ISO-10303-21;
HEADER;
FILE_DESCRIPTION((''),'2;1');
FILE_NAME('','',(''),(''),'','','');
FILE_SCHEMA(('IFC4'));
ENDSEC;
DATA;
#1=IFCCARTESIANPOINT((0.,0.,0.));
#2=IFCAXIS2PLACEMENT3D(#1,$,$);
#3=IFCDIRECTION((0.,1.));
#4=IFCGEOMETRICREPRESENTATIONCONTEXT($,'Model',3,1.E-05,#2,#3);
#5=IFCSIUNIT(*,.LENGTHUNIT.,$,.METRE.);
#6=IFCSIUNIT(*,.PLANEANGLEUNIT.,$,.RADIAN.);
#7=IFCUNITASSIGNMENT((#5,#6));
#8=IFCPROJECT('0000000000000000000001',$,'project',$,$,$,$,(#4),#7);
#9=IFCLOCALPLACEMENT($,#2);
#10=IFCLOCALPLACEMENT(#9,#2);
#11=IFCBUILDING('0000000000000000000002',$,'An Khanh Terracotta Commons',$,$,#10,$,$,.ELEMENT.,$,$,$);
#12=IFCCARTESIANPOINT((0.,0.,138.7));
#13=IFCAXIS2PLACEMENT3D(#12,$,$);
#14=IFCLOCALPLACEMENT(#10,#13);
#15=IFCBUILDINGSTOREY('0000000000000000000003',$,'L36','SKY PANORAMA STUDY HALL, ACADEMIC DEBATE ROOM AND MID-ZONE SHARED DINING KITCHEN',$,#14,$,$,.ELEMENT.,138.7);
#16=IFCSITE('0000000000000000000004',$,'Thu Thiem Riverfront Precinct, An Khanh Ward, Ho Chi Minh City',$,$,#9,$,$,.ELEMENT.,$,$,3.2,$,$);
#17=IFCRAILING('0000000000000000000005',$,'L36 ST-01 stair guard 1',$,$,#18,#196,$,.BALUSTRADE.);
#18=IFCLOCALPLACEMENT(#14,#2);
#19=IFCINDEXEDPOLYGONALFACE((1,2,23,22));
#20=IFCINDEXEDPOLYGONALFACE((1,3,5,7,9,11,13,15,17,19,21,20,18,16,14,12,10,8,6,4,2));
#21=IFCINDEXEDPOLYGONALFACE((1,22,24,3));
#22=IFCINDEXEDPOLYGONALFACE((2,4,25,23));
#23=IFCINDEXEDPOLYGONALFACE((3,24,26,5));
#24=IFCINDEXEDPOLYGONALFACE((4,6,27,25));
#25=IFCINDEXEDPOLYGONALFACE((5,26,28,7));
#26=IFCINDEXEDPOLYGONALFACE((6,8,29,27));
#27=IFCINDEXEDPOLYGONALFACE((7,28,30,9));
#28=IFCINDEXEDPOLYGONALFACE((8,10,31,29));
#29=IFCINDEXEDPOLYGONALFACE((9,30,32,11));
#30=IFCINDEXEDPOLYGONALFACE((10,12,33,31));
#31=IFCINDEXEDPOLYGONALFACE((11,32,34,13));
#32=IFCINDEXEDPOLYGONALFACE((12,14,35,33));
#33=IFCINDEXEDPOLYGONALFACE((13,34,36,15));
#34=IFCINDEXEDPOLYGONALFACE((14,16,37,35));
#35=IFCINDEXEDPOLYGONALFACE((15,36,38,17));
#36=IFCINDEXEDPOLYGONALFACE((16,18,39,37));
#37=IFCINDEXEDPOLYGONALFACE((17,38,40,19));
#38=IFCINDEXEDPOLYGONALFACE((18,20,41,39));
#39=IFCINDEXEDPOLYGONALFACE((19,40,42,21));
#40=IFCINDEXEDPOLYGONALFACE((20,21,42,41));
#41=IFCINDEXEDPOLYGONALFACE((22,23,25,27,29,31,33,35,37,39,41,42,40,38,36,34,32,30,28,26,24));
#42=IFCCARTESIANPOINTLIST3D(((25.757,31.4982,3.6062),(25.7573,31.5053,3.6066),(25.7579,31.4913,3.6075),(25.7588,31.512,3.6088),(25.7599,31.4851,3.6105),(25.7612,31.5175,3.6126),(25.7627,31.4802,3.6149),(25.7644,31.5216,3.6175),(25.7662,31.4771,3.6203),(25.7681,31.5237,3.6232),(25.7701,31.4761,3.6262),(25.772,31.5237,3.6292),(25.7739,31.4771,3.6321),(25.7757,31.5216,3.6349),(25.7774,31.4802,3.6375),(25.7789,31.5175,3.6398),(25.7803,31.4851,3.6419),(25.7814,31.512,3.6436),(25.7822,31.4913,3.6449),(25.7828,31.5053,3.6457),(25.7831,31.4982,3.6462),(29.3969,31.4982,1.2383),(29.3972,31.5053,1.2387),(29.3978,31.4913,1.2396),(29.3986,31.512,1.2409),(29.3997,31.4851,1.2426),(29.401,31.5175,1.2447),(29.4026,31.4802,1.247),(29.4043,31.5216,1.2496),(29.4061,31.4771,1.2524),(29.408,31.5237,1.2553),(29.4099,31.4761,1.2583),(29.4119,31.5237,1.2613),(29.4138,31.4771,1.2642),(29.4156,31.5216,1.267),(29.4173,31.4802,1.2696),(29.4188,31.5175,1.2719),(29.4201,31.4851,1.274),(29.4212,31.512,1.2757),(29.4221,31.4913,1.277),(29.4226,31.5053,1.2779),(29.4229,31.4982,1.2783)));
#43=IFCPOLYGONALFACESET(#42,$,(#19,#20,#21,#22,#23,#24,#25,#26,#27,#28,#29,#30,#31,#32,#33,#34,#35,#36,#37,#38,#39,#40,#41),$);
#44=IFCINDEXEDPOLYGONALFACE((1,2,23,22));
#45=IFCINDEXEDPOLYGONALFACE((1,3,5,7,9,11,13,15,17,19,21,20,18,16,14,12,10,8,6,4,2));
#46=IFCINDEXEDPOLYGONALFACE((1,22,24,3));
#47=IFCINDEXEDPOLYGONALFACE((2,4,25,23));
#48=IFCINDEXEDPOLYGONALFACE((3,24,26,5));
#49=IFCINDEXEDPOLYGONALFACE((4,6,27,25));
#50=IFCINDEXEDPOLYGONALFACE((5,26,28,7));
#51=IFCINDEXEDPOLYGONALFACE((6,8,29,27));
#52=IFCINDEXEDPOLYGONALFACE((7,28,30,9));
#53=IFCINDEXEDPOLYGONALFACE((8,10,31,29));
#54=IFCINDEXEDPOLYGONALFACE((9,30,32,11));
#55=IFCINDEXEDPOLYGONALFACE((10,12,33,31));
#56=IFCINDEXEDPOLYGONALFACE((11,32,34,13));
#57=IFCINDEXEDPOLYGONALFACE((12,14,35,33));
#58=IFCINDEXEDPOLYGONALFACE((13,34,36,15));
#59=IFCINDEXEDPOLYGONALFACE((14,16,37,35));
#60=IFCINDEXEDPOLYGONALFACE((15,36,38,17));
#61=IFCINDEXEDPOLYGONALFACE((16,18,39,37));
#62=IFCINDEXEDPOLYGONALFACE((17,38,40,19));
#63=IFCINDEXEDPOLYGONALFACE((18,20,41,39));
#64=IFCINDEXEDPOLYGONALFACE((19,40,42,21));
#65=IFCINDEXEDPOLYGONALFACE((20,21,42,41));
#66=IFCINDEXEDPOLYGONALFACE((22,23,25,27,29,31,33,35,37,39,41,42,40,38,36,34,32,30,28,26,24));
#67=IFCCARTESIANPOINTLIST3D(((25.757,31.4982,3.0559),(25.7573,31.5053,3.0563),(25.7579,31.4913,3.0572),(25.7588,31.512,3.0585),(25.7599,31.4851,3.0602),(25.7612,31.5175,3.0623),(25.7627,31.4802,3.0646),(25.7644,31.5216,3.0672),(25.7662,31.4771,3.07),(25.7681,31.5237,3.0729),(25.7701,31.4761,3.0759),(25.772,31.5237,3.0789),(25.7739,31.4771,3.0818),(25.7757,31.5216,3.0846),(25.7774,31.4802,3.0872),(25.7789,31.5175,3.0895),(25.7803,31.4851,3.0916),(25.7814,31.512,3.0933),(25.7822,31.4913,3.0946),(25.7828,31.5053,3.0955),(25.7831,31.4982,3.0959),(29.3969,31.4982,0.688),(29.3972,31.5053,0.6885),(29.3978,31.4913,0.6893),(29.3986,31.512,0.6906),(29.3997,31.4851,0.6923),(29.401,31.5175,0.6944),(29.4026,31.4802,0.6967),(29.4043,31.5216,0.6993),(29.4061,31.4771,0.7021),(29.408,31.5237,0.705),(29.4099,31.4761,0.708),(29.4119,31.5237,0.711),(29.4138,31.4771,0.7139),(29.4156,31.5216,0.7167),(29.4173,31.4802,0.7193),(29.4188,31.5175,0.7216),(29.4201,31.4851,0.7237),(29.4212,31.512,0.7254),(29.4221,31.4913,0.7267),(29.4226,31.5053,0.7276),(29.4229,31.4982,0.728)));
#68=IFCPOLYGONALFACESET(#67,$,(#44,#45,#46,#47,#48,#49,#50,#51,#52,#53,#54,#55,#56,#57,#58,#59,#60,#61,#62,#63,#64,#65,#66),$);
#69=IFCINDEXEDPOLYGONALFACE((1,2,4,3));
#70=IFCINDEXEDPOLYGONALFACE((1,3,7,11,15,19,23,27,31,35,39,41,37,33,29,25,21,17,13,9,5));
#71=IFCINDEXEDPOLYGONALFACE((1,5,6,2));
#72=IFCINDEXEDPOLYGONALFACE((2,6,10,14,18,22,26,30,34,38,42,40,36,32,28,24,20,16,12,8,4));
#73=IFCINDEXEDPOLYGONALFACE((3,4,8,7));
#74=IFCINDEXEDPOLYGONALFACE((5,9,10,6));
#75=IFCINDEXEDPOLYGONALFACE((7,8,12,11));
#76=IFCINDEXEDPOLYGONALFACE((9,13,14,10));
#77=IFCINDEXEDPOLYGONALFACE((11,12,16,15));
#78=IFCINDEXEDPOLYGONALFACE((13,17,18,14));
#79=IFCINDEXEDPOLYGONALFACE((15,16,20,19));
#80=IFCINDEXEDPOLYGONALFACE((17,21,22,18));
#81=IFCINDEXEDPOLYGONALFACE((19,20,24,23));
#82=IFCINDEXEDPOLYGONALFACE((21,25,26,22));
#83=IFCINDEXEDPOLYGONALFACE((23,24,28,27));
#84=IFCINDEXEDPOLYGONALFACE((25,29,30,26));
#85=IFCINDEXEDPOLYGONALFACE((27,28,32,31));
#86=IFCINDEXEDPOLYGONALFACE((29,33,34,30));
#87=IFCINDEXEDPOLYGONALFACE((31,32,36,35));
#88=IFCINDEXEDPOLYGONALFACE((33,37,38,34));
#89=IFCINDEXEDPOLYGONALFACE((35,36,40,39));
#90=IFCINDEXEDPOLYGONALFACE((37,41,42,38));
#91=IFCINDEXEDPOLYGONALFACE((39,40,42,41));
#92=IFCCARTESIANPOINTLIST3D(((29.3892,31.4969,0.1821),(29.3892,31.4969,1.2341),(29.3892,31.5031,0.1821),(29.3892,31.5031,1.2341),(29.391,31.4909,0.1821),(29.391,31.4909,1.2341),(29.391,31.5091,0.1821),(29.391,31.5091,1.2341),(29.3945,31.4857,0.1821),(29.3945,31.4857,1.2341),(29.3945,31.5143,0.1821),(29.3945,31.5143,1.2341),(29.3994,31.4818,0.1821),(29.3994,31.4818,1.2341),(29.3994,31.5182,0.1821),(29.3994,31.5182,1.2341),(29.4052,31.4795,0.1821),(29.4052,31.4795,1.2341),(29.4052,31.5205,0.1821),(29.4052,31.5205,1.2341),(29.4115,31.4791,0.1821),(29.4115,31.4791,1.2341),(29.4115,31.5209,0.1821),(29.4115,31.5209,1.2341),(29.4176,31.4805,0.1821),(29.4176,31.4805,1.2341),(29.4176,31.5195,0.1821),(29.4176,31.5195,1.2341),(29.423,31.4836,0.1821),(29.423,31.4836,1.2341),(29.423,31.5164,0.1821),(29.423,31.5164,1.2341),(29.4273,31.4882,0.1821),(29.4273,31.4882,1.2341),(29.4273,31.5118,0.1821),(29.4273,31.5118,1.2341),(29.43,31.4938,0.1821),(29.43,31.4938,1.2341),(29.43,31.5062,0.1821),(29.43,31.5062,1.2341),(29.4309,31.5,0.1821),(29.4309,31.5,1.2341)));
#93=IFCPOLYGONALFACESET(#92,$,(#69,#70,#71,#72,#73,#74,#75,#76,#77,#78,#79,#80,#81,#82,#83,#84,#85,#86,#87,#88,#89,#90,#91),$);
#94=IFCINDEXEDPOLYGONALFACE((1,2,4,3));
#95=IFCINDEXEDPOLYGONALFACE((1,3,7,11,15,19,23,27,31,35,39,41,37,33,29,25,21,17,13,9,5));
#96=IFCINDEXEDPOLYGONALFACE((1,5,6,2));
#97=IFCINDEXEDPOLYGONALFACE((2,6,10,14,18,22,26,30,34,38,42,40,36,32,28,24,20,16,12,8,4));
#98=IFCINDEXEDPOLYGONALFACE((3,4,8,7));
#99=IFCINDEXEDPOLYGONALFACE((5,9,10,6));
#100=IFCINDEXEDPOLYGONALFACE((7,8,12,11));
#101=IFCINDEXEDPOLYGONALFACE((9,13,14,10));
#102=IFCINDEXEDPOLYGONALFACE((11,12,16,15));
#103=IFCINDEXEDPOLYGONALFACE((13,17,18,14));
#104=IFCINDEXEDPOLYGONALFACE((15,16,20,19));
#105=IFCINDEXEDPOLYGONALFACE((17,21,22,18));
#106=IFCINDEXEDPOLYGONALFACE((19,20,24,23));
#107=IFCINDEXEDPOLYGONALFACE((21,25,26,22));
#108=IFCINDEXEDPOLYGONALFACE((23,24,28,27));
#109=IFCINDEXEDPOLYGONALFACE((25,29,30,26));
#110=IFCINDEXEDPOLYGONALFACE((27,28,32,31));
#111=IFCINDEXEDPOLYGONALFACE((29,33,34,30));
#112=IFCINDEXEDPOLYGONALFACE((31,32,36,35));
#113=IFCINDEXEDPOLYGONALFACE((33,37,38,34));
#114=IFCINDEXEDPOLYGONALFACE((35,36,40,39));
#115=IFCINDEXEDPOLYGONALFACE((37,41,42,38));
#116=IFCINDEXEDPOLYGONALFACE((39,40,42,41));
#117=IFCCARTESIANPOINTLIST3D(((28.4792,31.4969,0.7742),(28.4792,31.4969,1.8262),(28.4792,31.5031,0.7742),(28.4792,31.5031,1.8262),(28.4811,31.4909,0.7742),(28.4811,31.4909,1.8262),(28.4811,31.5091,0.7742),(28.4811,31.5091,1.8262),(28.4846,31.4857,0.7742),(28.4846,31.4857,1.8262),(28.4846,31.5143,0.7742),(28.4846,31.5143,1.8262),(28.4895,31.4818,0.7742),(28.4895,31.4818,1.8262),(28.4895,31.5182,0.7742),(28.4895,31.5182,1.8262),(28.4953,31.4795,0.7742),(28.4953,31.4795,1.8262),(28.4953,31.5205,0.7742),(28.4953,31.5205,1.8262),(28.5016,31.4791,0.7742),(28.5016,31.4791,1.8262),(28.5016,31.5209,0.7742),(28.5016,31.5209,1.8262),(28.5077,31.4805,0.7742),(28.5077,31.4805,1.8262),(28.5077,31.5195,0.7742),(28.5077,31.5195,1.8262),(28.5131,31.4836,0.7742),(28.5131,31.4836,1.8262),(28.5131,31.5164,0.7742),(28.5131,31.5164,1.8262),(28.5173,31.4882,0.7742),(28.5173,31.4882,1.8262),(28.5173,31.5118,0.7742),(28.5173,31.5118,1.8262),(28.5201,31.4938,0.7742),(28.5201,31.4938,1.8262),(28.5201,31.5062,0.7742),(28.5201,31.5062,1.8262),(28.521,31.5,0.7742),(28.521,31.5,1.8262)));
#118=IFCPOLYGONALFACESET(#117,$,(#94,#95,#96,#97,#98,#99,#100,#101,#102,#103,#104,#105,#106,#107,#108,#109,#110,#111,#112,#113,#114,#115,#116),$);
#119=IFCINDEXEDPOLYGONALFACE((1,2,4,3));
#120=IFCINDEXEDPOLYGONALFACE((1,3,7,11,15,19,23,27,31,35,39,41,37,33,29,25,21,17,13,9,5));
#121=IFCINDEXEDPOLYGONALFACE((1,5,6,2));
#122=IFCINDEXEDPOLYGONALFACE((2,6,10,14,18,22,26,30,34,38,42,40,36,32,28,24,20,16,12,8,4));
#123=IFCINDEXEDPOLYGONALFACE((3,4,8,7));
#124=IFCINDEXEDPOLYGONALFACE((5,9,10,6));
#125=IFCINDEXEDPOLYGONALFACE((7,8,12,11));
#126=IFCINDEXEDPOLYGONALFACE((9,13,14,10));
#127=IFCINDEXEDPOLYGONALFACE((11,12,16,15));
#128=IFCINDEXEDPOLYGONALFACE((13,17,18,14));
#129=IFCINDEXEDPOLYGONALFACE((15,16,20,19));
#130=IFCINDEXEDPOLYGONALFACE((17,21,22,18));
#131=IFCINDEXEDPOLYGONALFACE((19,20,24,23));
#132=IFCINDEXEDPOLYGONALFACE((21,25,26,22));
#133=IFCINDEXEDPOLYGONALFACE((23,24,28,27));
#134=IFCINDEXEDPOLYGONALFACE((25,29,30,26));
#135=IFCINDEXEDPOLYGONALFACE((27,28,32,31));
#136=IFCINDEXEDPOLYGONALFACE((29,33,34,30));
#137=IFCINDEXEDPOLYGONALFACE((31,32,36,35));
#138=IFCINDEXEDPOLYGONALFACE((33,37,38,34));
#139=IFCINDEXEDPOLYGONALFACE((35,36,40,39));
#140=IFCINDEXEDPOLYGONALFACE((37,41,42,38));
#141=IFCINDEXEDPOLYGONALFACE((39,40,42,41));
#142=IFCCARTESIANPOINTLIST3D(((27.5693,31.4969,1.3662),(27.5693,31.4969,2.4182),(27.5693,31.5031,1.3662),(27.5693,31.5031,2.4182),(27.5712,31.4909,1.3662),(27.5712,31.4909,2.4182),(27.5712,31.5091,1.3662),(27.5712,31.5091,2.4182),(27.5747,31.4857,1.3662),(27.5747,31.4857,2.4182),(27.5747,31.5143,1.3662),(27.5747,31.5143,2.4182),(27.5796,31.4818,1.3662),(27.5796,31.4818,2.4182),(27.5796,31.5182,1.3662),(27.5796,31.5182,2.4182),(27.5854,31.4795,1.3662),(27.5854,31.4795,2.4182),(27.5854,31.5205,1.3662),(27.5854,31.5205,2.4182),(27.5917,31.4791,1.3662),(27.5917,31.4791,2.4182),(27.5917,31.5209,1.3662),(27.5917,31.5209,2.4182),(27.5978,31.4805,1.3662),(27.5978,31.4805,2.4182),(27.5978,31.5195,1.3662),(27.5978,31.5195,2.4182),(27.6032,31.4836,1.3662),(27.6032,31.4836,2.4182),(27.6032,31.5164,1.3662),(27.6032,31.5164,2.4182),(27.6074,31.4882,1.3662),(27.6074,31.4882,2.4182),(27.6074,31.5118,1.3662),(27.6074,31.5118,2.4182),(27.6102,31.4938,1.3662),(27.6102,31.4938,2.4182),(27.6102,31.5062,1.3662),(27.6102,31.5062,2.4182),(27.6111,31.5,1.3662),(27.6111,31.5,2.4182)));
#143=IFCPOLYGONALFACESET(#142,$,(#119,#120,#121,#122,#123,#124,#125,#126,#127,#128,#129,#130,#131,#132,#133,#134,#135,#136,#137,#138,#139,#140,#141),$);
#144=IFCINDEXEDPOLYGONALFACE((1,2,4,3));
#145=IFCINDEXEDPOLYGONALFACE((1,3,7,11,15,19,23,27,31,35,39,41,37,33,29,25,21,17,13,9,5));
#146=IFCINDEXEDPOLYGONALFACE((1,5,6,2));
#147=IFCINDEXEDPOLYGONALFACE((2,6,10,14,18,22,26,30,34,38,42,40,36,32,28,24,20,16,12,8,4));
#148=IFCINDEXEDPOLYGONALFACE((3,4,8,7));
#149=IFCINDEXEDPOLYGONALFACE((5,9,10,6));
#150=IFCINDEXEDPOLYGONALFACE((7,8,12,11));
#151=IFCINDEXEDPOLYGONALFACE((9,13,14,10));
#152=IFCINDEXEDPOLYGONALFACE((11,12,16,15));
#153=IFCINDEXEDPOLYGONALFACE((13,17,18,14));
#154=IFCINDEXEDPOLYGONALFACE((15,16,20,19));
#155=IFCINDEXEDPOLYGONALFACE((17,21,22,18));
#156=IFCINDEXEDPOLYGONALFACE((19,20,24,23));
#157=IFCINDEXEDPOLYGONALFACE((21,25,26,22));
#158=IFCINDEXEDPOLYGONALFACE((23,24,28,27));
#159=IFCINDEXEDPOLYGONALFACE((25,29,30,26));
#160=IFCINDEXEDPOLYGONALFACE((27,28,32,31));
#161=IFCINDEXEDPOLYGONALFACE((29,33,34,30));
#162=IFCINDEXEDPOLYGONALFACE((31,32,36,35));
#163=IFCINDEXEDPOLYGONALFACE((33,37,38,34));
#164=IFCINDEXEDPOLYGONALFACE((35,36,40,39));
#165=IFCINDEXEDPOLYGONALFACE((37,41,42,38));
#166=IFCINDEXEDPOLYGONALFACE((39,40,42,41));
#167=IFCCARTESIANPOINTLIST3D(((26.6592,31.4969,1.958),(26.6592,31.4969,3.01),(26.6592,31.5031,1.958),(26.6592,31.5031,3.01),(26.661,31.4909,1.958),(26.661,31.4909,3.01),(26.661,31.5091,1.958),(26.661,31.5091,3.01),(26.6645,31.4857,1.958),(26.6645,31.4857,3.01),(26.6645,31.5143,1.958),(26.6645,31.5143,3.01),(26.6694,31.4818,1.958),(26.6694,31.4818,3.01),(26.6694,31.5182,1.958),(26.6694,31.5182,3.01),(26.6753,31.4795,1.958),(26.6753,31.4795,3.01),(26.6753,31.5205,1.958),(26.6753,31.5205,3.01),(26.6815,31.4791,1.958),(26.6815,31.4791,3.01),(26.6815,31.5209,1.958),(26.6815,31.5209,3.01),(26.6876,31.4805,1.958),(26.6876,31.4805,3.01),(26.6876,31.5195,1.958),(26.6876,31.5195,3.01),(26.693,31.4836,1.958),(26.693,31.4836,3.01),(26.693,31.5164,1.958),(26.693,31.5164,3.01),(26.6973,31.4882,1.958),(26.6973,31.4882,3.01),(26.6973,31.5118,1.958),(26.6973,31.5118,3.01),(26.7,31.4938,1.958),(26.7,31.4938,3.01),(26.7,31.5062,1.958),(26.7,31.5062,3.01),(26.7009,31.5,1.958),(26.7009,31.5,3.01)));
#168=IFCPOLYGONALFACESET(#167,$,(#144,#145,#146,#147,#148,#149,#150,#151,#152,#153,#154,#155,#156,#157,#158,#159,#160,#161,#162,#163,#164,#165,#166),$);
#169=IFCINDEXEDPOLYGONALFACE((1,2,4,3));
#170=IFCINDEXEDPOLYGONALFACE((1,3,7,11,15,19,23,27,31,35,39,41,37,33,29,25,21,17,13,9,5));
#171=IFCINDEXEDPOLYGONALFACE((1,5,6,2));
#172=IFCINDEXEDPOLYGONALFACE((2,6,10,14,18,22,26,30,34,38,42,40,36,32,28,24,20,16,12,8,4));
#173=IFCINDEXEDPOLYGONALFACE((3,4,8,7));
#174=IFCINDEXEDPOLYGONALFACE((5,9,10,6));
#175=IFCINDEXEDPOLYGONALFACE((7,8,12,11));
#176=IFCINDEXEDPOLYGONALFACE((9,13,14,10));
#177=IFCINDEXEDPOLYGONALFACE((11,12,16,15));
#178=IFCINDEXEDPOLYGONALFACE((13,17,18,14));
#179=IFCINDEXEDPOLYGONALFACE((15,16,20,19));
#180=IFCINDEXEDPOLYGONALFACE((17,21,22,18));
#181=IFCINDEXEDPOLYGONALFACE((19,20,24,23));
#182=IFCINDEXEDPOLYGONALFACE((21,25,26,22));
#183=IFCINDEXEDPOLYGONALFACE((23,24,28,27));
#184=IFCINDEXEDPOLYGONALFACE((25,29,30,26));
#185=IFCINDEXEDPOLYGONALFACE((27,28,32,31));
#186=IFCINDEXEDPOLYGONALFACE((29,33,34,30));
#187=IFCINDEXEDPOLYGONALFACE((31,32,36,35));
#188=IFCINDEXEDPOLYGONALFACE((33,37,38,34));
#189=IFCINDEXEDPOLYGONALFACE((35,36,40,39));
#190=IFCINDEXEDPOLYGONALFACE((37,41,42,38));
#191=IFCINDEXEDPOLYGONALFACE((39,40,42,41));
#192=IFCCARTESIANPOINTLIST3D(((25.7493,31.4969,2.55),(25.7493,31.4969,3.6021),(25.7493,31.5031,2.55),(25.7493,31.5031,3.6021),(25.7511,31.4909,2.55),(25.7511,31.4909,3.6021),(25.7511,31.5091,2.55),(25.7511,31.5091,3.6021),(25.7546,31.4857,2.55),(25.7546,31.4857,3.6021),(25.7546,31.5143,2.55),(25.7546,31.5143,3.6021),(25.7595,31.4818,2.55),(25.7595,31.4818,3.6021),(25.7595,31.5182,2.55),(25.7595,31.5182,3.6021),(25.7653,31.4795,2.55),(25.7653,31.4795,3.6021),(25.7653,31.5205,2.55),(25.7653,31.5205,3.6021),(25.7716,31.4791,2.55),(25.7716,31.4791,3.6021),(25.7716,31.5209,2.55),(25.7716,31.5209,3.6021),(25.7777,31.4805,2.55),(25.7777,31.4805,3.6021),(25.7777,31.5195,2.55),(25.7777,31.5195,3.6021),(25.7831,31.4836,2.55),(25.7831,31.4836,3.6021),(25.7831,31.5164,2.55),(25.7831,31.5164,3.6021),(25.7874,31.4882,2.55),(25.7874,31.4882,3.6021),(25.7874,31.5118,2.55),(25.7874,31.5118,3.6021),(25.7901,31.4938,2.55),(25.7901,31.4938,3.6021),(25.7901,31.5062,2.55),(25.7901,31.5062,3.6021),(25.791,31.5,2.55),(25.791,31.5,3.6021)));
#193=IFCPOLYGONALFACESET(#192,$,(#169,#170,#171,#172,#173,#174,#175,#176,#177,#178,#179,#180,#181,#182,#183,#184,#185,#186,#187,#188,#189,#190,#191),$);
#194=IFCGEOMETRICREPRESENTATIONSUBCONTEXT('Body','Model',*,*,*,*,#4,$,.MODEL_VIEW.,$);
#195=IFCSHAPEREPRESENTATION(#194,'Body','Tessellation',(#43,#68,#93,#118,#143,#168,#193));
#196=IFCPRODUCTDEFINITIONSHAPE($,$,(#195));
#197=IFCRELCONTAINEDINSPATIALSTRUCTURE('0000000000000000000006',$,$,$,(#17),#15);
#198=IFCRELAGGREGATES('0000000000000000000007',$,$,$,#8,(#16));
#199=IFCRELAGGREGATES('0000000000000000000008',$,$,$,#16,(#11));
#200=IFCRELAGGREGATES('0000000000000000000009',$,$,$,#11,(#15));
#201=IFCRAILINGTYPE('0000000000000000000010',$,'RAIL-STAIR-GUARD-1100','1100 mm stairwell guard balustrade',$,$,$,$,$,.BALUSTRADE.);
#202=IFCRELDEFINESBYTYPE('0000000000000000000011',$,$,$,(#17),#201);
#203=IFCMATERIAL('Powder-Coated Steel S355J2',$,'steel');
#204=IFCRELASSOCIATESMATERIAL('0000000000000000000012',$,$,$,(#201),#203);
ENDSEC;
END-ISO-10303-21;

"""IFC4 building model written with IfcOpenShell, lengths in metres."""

from ifc_helpers import new_model, si_unit, direction, frame, origin, origin_2d, place, context, subcontext, project, spatial, circle, extrude, material, type_object, element, save


model = new_model("IFC4")

# Units and contexts
model_context = context("Model", 3, precision=1e-05, world=origin(), true_north=direction((0.0, 1.0)))
body_context = subcontext(model_context, "Body", "Model", "MODEL_VIEW")
ifc_project = project(units=[si_unit("LENGTHUNIT", "METRE"), si_unit("PLANEANGLEUNIT", "RADIAN")], contexts=[model_context])

# Site, building, storey
site_placement = place(None, origin())
site = spatial("IfcSite", under=ifc_project, at=site_placement, Name="Thu Thiem Riverfront Precinct, An Khanh Ward, Ho Chi Minh City", CompositionType="ELEMENT", RefElevation=3.2)
building_placement = place(site_placement, origin())
building = spatial("IfcBuilding", under=site, at=building_placement, Name="An Khanh Terracotta Commons", CompositionType="ELEMENT")
storey_placement = place(building_placement, frame((0.0, 0.0, 138.7)))
storey = spatial("IfcBuildingStorey", under=building, at=storey_placement, Name="L36", Description="SKY PANORAMA STUDY HALL, ACADEMIC DEBATE ROOM AND MID-ZONE SHARED DINING KITCHEN", CompositionType="ELEMENT", Elevation=138.7)

# Railing
ifc_material_1 = material(Name="Powder-Coated Steel S355J2", Category="steel")
railing_type_1 = type_object("IfcRailingType", Name="RAIL-STAIR-GUARD-1100", Description="1100 mm stairwell guard balustrade", PredefinedType="BALUSTRADE", material=ifc_material_1)
railing_1_placement = place(storey_placement, frame((29.4099, 31.5, 0.1821)))
element("IfcRailing", 1, at=railing_1_placement, inside=storey, type_object=railing_type_1, Name="L36 ST-01 stair guard 1", PredefinedType="BALUSTRADE", context=body_context, shape_type="SweptSolid", body=[
    extrude(circle(Radius=0.0239, at=origin_2d()), frame((0.0, 0.0, 1.0762), z_axis=(-0.838234, 0.0, 0.54531), x_axis=(0.0, -1.0, 0.0)), (0.0, 0.0, 1.0), 4.3423),
    extrude(circle(Radius=0.0239, at=origin_2d()), frame((0.0, 0.0, 0.5259), z_axis=(-0.838234, 0.0, 0.54531), x_axis=(0.0, -1.0, 0.0)), (0.0, 0.0, 1.0), 4.3423),
    extrude(circle(Radius=0.021, at=origin_2d()), origin(), (0.0, 0.0, 1.0), 1.052),
    extrude(circle(Radius=0.021, at=origin_2d()), frame((-0.9099, 0.0, 0.592)), (0.0, 0.0, 1.0), 1.052),
    extrude(circle(Radius=0.021, at=origin_2d()), frame((-1.8198, 0.0, 1.1841)), (0.0, 0.0, 1.0), 1.052),
    extrude(circle(Radius=0.021, at=origin_2d()), frame((-2.73, 0.0, 1.7759)), (0.0, 0.0, 1.0), 1.052),
    extrude(circle(Radius=0.021, at=origin_2d()), frame((-3.6399, 0.0, 2.3679)), (0.0, 0.0, 1.0), 1.052),
])

save(model, "model.ifc")
